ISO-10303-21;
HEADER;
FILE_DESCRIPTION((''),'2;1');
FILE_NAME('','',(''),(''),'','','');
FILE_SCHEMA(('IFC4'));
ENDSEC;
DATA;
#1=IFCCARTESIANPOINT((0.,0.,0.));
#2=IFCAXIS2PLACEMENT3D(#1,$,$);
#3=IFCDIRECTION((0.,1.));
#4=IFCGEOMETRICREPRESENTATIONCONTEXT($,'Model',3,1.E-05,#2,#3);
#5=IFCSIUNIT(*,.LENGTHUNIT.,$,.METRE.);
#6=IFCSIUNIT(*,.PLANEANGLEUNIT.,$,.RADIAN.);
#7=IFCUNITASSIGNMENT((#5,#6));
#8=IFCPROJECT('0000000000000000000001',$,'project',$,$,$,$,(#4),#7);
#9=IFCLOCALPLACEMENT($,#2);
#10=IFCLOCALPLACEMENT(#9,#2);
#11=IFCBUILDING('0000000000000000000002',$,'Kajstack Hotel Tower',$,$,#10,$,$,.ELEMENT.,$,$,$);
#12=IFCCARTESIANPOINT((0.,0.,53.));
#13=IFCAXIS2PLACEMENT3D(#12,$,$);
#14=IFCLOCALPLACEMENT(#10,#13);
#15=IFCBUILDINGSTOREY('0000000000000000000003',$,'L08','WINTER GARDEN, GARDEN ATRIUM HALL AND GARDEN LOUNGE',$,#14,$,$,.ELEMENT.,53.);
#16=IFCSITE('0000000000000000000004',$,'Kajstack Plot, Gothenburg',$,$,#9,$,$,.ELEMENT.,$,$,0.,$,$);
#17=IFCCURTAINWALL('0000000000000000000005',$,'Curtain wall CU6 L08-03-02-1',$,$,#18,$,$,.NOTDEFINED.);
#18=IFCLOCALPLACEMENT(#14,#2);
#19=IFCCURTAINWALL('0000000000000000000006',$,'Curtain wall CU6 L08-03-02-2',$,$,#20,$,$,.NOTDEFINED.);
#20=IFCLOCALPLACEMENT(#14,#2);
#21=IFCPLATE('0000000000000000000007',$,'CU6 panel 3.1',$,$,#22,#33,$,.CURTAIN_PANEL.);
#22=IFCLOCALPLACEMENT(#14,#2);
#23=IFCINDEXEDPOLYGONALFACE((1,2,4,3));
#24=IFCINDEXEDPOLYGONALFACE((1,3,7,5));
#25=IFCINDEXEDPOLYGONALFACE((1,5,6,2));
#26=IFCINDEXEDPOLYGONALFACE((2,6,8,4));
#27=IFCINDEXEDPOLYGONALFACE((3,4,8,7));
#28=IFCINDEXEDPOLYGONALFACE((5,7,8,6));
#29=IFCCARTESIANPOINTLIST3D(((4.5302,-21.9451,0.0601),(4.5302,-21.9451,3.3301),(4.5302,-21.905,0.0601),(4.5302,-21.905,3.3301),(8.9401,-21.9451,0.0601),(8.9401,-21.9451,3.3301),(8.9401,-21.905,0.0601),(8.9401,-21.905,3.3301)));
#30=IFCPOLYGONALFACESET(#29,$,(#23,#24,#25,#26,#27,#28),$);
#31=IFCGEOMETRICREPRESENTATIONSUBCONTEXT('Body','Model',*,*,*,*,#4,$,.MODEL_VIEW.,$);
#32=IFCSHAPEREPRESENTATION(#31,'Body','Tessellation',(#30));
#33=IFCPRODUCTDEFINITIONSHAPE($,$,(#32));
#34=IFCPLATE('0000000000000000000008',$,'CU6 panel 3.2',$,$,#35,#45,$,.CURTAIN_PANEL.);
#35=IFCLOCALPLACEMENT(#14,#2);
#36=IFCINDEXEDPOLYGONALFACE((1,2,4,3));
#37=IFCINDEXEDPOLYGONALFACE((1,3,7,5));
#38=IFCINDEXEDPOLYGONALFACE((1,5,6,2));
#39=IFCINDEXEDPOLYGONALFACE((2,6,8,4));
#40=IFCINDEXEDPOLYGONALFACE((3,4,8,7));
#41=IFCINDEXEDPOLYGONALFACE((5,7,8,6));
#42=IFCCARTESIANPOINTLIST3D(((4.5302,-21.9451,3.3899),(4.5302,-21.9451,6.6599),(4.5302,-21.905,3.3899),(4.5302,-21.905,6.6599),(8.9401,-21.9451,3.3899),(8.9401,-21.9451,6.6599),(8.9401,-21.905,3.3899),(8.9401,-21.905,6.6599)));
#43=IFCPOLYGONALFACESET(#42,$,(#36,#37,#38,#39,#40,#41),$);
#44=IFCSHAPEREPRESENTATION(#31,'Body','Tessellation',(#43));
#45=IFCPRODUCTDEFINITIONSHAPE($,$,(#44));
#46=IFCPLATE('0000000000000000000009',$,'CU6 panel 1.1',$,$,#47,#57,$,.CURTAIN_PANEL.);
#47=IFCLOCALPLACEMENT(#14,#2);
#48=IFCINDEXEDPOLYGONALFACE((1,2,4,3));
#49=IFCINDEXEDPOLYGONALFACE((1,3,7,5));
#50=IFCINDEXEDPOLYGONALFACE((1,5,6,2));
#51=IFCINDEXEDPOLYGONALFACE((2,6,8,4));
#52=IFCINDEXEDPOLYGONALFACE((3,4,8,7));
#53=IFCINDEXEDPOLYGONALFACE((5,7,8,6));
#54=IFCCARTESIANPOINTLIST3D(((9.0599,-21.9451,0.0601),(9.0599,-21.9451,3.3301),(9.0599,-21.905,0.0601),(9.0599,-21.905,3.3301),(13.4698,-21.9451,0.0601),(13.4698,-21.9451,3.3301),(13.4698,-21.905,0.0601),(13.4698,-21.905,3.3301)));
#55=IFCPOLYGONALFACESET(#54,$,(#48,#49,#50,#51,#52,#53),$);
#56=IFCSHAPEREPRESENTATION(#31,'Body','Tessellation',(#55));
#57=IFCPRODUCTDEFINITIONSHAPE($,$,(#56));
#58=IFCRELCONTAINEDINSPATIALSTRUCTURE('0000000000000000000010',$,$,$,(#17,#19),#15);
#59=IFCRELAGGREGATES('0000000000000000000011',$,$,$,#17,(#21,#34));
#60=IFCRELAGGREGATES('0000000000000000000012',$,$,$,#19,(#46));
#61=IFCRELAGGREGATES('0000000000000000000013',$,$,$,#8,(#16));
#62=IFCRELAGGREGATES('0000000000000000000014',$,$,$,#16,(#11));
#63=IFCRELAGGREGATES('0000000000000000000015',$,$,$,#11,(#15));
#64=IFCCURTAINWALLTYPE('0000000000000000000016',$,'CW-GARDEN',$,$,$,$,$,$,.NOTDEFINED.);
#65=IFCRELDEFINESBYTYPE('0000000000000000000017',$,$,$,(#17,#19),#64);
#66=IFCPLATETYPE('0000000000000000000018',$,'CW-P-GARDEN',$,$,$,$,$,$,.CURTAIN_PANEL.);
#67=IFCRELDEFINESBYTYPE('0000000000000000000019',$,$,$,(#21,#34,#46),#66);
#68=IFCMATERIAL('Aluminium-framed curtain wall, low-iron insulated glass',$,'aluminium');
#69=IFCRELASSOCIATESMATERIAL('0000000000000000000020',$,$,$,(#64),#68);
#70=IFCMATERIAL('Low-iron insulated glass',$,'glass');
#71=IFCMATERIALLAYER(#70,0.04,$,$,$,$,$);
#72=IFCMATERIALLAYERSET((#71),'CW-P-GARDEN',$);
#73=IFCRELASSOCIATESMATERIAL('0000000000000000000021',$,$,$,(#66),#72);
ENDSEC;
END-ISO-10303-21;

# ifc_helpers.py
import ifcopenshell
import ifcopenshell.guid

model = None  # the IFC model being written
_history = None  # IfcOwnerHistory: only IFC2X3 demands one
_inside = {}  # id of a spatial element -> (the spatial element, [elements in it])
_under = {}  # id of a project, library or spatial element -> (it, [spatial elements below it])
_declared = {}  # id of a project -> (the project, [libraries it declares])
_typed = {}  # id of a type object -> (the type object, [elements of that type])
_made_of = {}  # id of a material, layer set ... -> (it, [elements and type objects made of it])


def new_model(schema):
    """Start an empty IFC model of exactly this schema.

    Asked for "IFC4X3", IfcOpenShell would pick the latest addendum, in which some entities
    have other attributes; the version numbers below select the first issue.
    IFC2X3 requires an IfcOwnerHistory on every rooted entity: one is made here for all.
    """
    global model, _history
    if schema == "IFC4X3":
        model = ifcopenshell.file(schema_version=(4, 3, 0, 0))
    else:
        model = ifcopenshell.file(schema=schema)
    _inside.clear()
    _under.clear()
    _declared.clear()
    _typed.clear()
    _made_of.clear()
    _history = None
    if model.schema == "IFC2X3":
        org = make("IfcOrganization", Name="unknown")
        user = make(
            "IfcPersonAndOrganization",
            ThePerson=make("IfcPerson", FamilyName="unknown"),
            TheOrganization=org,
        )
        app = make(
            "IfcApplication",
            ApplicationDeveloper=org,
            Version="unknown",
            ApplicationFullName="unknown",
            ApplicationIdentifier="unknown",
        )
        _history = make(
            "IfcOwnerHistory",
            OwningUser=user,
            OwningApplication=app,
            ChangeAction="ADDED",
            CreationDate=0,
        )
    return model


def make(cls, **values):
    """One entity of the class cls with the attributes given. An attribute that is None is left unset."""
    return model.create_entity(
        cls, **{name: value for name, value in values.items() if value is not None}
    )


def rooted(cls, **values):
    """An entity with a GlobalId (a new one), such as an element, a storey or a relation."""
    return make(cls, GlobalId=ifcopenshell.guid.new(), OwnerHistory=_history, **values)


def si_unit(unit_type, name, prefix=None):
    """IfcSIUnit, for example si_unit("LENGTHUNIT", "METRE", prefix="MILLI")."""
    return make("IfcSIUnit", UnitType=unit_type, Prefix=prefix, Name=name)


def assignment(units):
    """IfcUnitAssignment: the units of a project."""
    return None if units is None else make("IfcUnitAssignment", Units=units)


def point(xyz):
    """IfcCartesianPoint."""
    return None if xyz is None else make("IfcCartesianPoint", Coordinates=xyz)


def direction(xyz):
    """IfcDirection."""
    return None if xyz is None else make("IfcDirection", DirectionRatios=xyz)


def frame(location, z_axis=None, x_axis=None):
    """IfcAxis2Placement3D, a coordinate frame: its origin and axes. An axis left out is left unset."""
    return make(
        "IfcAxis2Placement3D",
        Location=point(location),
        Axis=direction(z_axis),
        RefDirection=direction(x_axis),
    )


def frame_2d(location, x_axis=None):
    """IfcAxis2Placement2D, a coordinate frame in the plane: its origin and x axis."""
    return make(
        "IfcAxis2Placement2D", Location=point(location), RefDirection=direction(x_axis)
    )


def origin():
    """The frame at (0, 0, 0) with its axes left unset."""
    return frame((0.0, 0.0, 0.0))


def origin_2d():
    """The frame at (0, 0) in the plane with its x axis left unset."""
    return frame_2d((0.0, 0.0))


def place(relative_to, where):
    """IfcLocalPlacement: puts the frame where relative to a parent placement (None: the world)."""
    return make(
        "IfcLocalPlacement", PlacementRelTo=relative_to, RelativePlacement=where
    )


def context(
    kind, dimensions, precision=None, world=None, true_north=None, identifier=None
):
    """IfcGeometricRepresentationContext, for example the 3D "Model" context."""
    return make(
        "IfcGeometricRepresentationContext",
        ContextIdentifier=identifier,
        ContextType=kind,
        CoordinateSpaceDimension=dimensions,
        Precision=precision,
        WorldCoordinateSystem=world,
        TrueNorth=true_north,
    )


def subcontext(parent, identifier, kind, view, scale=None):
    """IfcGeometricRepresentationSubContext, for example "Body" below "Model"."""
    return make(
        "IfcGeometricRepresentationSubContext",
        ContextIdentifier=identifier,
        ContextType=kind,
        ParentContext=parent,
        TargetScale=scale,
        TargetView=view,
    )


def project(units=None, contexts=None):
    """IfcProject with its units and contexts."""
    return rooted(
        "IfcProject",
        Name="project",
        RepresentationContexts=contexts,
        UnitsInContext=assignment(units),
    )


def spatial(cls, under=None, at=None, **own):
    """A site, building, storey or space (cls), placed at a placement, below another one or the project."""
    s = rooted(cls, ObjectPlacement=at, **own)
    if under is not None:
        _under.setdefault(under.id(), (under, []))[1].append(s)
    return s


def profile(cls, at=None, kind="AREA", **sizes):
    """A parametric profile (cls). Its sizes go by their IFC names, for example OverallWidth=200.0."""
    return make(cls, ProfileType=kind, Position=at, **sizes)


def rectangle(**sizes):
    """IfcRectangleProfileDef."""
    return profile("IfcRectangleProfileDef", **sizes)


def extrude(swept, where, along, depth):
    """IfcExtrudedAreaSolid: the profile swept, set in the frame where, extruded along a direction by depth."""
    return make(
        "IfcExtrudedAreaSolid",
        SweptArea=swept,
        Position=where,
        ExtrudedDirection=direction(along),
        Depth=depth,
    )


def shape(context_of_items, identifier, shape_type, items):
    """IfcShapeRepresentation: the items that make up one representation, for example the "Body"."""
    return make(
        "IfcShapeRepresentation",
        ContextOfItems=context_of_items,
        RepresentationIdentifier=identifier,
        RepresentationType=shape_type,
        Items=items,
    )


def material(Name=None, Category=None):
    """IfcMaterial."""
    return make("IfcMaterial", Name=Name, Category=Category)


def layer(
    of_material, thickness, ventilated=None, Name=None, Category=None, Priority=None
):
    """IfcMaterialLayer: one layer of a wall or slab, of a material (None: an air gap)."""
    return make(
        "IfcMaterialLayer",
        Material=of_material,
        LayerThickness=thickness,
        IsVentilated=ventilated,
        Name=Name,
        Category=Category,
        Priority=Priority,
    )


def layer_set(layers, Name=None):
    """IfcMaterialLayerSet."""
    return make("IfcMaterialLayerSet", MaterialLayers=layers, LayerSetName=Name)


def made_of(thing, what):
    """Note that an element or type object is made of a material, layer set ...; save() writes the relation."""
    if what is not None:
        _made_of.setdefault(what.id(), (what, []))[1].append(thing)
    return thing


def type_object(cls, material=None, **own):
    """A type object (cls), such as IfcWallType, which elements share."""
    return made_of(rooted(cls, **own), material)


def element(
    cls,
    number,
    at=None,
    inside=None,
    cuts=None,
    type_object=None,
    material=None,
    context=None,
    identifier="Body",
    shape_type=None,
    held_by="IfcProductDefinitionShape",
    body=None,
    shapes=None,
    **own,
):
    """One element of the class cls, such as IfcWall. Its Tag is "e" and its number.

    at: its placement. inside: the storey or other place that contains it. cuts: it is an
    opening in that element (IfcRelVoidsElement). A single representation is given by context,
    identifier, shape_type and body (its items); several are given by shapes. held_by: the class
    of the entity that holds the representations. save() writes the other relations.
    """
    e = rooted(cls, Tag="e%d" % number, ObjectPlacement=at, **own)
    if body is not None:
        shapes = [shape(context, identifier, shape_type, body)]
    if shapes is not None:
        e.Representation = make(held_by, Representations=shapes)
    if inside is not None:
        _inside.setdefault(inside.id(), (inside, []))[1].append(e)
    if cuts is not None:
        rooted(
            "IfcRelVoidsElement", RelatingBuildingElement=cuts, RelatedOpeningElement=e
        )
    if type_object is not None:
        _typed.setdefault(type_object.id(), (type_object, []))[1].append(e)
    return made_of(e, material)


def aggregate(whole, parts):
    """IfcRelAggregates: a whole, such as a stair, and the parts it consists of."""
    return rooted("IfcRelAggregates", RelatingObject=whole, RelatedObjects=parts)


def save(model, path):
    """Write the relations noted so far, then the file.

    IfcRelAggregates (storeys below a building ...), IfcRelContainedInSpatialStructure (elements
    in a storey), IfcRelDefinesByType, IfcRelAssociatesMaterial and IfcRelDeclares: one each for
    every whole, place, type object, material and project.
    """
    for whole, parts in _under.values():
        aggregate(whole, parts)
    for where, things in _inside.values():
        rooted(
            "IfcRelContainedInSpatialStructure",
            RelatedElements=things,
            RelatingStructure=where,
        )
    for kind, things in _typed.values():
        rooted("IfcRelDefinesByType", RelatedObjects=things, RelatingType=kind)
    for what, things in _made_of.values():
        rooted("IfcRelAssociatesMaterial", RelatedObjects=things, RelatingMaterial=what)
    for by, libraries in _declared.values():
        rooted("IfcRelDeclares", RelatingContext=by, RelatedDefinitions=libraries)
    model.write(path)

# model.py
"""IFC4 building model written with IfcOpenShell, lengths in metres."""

from ifc_helpers import new_model, si_unit, direction, frame, origin, origin_2d, place, context, subcontext, project, spatial, rectangle, extrude, material, layer, layer_set, type_object, element, aggregate, save


model = new_model("IFC4")

# Units and contexts
model_context = context("Model", 3, precision=1e-05, world=origin(), true_north=direction((0.0, 1.0)))
body_context = subcontext(model_context, "Body", "Model", "MODEL_VIEW")
ifc_project = project(units=[si_unit("LENGTHUNIT", "METRE"), si_unit("PLANEANGLEUNIT", "RADIAN")], contexts=[model_context])

# Site, building, storey
site_placement = place(None, origin())
site = spatial("IfcSite", under=ifc_project, at=site_placement, Name="Kajstack Plot, Gothenburg", CompositionType="ELEMENT", RefElevation=0.0)
building_placement = place(site_placement, origin())
building = spatial("IfcBuilding", under=site, at=building_placement, Name="Kajstack Hotel Tower", CompositionType="ELEMENT")
storey_placement = place(building_placement, frame((0.0, 0.0, 53.0)))
storey = spatial("IfcBuildingStorey", under=building, at=storey_placement, Name="L08", Description="WINTER GARDEN, GARDEN ATRIUM HALL AND GARDEN LOUNGE", CompositionType="ELEMENT", Elevation=53.0)

# Curtain wall
ifc_material_1 = material(Name="Aluminium-framed curtain wall, low-iron insulated glass", Category="aluminium")
curtain_wall_type = type_object("IfcCurtainWallType", Name="CW-GARDEN", PredefinedType="NOTDEFINED", material=ifc_material_1)
curtain_wall_1_placement = place(storey_placement, origin())
curtain_wall_1 = element("IfcCurtainWall", 1, at=curtain_wall_1_placement, inside=storey, type_object=curtain_wall_type, Name="Curtain wall CU6 L08-03-02-1", PredefinedType="NOTDEFINED")

# Curtain wall
curtain_wall_2_placement = place(storey_placement, origin())
curtain_wall_2 = element("IfcCurtainWall", 2, at=curtain_wall_2_placement, inside=storey, type_object=curtain_wall_type, Name="Curtain wall CU6 L08-03-02-2", PredefinedType="NOTDEFINED")

# Plates
ifc_material_2 = material(Name="Low-iron insulated glass", Category="glass")
ifc_layer = layer(ifc_material_2, 0.04)
ifc_layer_set = layer_set([ifc_layer], Name="CW-P-GARDEN")
plate_type = type_object("IfcPlateType", Name="CW-P-GARDEN", PredefinedType="CURTAIN_PANEL", material=ifc_layer_set)
plate_1_placement = place(storey_placement, frame((6.7351, -21.925, 0.0601), z_axis=(0.0, 0.0, 1.0), x_axis=(1.0, 0.0, 0.0)))
plate_1 = element("IfcPlate", 3, at=plate_1_placement, type_object=plate_type, Name="CU6 panel 3.1", PredefinedType="CURTAIN_PANEL", context=body_context, shape_type="SweptSolid", body=[
    extrude(rectangle(XDim=4.4099, YDim=0.04, at=origin_2d()), origin(), (0.0, 0.0, 1.0), 3.27),
])
plate_2_placement = place(storey_placement, frame((6.7351, -21.925, 3.3899), z_axis=(0.0, 0.0, 1.0), x_axis=(1.0, 0.0, 0.0)))
plate_2 = element("IfcPlate", 4, at=plate_2_placement, type_object=plate_type, Name="CU6 panel 3.2", PredefinedType="CURTAIN_PANEL", context=body_context, shape_type="SweptSolid", body=[
    extrude(rectangle(XDim=4.4099, YDim=0.04, at=origin_2d()), origin(), (0.0, 0.0, 1.0), 3.27),
])
aggregate(curtain_wall_1, [plate_1, plate_2])
plate_3_placement = place(storey_placement, frame((11.2649, -21.925, 0.0601), z_axis=(0.0, 0.0, 1.0), x_axis=(1.0, 0.0, 0.0)))
plate_3 = element("IfcPlate", 5, at=plate_3_placement, type_object=plate_type, Name="CU6 panel 1.1", PredefinedType="CURTAIN_PANEL", context=body_context, shape_type="SweptSolid", body=[
    extrude(rectangle(XDim=4.4099, YDim=0.04, at=origin_2d()), origin(), (0.0, 0.0, 1.0), 3.27),
])
aggregate(curtain_wall_2, [plate_3])

save(model, "model.ifc")
